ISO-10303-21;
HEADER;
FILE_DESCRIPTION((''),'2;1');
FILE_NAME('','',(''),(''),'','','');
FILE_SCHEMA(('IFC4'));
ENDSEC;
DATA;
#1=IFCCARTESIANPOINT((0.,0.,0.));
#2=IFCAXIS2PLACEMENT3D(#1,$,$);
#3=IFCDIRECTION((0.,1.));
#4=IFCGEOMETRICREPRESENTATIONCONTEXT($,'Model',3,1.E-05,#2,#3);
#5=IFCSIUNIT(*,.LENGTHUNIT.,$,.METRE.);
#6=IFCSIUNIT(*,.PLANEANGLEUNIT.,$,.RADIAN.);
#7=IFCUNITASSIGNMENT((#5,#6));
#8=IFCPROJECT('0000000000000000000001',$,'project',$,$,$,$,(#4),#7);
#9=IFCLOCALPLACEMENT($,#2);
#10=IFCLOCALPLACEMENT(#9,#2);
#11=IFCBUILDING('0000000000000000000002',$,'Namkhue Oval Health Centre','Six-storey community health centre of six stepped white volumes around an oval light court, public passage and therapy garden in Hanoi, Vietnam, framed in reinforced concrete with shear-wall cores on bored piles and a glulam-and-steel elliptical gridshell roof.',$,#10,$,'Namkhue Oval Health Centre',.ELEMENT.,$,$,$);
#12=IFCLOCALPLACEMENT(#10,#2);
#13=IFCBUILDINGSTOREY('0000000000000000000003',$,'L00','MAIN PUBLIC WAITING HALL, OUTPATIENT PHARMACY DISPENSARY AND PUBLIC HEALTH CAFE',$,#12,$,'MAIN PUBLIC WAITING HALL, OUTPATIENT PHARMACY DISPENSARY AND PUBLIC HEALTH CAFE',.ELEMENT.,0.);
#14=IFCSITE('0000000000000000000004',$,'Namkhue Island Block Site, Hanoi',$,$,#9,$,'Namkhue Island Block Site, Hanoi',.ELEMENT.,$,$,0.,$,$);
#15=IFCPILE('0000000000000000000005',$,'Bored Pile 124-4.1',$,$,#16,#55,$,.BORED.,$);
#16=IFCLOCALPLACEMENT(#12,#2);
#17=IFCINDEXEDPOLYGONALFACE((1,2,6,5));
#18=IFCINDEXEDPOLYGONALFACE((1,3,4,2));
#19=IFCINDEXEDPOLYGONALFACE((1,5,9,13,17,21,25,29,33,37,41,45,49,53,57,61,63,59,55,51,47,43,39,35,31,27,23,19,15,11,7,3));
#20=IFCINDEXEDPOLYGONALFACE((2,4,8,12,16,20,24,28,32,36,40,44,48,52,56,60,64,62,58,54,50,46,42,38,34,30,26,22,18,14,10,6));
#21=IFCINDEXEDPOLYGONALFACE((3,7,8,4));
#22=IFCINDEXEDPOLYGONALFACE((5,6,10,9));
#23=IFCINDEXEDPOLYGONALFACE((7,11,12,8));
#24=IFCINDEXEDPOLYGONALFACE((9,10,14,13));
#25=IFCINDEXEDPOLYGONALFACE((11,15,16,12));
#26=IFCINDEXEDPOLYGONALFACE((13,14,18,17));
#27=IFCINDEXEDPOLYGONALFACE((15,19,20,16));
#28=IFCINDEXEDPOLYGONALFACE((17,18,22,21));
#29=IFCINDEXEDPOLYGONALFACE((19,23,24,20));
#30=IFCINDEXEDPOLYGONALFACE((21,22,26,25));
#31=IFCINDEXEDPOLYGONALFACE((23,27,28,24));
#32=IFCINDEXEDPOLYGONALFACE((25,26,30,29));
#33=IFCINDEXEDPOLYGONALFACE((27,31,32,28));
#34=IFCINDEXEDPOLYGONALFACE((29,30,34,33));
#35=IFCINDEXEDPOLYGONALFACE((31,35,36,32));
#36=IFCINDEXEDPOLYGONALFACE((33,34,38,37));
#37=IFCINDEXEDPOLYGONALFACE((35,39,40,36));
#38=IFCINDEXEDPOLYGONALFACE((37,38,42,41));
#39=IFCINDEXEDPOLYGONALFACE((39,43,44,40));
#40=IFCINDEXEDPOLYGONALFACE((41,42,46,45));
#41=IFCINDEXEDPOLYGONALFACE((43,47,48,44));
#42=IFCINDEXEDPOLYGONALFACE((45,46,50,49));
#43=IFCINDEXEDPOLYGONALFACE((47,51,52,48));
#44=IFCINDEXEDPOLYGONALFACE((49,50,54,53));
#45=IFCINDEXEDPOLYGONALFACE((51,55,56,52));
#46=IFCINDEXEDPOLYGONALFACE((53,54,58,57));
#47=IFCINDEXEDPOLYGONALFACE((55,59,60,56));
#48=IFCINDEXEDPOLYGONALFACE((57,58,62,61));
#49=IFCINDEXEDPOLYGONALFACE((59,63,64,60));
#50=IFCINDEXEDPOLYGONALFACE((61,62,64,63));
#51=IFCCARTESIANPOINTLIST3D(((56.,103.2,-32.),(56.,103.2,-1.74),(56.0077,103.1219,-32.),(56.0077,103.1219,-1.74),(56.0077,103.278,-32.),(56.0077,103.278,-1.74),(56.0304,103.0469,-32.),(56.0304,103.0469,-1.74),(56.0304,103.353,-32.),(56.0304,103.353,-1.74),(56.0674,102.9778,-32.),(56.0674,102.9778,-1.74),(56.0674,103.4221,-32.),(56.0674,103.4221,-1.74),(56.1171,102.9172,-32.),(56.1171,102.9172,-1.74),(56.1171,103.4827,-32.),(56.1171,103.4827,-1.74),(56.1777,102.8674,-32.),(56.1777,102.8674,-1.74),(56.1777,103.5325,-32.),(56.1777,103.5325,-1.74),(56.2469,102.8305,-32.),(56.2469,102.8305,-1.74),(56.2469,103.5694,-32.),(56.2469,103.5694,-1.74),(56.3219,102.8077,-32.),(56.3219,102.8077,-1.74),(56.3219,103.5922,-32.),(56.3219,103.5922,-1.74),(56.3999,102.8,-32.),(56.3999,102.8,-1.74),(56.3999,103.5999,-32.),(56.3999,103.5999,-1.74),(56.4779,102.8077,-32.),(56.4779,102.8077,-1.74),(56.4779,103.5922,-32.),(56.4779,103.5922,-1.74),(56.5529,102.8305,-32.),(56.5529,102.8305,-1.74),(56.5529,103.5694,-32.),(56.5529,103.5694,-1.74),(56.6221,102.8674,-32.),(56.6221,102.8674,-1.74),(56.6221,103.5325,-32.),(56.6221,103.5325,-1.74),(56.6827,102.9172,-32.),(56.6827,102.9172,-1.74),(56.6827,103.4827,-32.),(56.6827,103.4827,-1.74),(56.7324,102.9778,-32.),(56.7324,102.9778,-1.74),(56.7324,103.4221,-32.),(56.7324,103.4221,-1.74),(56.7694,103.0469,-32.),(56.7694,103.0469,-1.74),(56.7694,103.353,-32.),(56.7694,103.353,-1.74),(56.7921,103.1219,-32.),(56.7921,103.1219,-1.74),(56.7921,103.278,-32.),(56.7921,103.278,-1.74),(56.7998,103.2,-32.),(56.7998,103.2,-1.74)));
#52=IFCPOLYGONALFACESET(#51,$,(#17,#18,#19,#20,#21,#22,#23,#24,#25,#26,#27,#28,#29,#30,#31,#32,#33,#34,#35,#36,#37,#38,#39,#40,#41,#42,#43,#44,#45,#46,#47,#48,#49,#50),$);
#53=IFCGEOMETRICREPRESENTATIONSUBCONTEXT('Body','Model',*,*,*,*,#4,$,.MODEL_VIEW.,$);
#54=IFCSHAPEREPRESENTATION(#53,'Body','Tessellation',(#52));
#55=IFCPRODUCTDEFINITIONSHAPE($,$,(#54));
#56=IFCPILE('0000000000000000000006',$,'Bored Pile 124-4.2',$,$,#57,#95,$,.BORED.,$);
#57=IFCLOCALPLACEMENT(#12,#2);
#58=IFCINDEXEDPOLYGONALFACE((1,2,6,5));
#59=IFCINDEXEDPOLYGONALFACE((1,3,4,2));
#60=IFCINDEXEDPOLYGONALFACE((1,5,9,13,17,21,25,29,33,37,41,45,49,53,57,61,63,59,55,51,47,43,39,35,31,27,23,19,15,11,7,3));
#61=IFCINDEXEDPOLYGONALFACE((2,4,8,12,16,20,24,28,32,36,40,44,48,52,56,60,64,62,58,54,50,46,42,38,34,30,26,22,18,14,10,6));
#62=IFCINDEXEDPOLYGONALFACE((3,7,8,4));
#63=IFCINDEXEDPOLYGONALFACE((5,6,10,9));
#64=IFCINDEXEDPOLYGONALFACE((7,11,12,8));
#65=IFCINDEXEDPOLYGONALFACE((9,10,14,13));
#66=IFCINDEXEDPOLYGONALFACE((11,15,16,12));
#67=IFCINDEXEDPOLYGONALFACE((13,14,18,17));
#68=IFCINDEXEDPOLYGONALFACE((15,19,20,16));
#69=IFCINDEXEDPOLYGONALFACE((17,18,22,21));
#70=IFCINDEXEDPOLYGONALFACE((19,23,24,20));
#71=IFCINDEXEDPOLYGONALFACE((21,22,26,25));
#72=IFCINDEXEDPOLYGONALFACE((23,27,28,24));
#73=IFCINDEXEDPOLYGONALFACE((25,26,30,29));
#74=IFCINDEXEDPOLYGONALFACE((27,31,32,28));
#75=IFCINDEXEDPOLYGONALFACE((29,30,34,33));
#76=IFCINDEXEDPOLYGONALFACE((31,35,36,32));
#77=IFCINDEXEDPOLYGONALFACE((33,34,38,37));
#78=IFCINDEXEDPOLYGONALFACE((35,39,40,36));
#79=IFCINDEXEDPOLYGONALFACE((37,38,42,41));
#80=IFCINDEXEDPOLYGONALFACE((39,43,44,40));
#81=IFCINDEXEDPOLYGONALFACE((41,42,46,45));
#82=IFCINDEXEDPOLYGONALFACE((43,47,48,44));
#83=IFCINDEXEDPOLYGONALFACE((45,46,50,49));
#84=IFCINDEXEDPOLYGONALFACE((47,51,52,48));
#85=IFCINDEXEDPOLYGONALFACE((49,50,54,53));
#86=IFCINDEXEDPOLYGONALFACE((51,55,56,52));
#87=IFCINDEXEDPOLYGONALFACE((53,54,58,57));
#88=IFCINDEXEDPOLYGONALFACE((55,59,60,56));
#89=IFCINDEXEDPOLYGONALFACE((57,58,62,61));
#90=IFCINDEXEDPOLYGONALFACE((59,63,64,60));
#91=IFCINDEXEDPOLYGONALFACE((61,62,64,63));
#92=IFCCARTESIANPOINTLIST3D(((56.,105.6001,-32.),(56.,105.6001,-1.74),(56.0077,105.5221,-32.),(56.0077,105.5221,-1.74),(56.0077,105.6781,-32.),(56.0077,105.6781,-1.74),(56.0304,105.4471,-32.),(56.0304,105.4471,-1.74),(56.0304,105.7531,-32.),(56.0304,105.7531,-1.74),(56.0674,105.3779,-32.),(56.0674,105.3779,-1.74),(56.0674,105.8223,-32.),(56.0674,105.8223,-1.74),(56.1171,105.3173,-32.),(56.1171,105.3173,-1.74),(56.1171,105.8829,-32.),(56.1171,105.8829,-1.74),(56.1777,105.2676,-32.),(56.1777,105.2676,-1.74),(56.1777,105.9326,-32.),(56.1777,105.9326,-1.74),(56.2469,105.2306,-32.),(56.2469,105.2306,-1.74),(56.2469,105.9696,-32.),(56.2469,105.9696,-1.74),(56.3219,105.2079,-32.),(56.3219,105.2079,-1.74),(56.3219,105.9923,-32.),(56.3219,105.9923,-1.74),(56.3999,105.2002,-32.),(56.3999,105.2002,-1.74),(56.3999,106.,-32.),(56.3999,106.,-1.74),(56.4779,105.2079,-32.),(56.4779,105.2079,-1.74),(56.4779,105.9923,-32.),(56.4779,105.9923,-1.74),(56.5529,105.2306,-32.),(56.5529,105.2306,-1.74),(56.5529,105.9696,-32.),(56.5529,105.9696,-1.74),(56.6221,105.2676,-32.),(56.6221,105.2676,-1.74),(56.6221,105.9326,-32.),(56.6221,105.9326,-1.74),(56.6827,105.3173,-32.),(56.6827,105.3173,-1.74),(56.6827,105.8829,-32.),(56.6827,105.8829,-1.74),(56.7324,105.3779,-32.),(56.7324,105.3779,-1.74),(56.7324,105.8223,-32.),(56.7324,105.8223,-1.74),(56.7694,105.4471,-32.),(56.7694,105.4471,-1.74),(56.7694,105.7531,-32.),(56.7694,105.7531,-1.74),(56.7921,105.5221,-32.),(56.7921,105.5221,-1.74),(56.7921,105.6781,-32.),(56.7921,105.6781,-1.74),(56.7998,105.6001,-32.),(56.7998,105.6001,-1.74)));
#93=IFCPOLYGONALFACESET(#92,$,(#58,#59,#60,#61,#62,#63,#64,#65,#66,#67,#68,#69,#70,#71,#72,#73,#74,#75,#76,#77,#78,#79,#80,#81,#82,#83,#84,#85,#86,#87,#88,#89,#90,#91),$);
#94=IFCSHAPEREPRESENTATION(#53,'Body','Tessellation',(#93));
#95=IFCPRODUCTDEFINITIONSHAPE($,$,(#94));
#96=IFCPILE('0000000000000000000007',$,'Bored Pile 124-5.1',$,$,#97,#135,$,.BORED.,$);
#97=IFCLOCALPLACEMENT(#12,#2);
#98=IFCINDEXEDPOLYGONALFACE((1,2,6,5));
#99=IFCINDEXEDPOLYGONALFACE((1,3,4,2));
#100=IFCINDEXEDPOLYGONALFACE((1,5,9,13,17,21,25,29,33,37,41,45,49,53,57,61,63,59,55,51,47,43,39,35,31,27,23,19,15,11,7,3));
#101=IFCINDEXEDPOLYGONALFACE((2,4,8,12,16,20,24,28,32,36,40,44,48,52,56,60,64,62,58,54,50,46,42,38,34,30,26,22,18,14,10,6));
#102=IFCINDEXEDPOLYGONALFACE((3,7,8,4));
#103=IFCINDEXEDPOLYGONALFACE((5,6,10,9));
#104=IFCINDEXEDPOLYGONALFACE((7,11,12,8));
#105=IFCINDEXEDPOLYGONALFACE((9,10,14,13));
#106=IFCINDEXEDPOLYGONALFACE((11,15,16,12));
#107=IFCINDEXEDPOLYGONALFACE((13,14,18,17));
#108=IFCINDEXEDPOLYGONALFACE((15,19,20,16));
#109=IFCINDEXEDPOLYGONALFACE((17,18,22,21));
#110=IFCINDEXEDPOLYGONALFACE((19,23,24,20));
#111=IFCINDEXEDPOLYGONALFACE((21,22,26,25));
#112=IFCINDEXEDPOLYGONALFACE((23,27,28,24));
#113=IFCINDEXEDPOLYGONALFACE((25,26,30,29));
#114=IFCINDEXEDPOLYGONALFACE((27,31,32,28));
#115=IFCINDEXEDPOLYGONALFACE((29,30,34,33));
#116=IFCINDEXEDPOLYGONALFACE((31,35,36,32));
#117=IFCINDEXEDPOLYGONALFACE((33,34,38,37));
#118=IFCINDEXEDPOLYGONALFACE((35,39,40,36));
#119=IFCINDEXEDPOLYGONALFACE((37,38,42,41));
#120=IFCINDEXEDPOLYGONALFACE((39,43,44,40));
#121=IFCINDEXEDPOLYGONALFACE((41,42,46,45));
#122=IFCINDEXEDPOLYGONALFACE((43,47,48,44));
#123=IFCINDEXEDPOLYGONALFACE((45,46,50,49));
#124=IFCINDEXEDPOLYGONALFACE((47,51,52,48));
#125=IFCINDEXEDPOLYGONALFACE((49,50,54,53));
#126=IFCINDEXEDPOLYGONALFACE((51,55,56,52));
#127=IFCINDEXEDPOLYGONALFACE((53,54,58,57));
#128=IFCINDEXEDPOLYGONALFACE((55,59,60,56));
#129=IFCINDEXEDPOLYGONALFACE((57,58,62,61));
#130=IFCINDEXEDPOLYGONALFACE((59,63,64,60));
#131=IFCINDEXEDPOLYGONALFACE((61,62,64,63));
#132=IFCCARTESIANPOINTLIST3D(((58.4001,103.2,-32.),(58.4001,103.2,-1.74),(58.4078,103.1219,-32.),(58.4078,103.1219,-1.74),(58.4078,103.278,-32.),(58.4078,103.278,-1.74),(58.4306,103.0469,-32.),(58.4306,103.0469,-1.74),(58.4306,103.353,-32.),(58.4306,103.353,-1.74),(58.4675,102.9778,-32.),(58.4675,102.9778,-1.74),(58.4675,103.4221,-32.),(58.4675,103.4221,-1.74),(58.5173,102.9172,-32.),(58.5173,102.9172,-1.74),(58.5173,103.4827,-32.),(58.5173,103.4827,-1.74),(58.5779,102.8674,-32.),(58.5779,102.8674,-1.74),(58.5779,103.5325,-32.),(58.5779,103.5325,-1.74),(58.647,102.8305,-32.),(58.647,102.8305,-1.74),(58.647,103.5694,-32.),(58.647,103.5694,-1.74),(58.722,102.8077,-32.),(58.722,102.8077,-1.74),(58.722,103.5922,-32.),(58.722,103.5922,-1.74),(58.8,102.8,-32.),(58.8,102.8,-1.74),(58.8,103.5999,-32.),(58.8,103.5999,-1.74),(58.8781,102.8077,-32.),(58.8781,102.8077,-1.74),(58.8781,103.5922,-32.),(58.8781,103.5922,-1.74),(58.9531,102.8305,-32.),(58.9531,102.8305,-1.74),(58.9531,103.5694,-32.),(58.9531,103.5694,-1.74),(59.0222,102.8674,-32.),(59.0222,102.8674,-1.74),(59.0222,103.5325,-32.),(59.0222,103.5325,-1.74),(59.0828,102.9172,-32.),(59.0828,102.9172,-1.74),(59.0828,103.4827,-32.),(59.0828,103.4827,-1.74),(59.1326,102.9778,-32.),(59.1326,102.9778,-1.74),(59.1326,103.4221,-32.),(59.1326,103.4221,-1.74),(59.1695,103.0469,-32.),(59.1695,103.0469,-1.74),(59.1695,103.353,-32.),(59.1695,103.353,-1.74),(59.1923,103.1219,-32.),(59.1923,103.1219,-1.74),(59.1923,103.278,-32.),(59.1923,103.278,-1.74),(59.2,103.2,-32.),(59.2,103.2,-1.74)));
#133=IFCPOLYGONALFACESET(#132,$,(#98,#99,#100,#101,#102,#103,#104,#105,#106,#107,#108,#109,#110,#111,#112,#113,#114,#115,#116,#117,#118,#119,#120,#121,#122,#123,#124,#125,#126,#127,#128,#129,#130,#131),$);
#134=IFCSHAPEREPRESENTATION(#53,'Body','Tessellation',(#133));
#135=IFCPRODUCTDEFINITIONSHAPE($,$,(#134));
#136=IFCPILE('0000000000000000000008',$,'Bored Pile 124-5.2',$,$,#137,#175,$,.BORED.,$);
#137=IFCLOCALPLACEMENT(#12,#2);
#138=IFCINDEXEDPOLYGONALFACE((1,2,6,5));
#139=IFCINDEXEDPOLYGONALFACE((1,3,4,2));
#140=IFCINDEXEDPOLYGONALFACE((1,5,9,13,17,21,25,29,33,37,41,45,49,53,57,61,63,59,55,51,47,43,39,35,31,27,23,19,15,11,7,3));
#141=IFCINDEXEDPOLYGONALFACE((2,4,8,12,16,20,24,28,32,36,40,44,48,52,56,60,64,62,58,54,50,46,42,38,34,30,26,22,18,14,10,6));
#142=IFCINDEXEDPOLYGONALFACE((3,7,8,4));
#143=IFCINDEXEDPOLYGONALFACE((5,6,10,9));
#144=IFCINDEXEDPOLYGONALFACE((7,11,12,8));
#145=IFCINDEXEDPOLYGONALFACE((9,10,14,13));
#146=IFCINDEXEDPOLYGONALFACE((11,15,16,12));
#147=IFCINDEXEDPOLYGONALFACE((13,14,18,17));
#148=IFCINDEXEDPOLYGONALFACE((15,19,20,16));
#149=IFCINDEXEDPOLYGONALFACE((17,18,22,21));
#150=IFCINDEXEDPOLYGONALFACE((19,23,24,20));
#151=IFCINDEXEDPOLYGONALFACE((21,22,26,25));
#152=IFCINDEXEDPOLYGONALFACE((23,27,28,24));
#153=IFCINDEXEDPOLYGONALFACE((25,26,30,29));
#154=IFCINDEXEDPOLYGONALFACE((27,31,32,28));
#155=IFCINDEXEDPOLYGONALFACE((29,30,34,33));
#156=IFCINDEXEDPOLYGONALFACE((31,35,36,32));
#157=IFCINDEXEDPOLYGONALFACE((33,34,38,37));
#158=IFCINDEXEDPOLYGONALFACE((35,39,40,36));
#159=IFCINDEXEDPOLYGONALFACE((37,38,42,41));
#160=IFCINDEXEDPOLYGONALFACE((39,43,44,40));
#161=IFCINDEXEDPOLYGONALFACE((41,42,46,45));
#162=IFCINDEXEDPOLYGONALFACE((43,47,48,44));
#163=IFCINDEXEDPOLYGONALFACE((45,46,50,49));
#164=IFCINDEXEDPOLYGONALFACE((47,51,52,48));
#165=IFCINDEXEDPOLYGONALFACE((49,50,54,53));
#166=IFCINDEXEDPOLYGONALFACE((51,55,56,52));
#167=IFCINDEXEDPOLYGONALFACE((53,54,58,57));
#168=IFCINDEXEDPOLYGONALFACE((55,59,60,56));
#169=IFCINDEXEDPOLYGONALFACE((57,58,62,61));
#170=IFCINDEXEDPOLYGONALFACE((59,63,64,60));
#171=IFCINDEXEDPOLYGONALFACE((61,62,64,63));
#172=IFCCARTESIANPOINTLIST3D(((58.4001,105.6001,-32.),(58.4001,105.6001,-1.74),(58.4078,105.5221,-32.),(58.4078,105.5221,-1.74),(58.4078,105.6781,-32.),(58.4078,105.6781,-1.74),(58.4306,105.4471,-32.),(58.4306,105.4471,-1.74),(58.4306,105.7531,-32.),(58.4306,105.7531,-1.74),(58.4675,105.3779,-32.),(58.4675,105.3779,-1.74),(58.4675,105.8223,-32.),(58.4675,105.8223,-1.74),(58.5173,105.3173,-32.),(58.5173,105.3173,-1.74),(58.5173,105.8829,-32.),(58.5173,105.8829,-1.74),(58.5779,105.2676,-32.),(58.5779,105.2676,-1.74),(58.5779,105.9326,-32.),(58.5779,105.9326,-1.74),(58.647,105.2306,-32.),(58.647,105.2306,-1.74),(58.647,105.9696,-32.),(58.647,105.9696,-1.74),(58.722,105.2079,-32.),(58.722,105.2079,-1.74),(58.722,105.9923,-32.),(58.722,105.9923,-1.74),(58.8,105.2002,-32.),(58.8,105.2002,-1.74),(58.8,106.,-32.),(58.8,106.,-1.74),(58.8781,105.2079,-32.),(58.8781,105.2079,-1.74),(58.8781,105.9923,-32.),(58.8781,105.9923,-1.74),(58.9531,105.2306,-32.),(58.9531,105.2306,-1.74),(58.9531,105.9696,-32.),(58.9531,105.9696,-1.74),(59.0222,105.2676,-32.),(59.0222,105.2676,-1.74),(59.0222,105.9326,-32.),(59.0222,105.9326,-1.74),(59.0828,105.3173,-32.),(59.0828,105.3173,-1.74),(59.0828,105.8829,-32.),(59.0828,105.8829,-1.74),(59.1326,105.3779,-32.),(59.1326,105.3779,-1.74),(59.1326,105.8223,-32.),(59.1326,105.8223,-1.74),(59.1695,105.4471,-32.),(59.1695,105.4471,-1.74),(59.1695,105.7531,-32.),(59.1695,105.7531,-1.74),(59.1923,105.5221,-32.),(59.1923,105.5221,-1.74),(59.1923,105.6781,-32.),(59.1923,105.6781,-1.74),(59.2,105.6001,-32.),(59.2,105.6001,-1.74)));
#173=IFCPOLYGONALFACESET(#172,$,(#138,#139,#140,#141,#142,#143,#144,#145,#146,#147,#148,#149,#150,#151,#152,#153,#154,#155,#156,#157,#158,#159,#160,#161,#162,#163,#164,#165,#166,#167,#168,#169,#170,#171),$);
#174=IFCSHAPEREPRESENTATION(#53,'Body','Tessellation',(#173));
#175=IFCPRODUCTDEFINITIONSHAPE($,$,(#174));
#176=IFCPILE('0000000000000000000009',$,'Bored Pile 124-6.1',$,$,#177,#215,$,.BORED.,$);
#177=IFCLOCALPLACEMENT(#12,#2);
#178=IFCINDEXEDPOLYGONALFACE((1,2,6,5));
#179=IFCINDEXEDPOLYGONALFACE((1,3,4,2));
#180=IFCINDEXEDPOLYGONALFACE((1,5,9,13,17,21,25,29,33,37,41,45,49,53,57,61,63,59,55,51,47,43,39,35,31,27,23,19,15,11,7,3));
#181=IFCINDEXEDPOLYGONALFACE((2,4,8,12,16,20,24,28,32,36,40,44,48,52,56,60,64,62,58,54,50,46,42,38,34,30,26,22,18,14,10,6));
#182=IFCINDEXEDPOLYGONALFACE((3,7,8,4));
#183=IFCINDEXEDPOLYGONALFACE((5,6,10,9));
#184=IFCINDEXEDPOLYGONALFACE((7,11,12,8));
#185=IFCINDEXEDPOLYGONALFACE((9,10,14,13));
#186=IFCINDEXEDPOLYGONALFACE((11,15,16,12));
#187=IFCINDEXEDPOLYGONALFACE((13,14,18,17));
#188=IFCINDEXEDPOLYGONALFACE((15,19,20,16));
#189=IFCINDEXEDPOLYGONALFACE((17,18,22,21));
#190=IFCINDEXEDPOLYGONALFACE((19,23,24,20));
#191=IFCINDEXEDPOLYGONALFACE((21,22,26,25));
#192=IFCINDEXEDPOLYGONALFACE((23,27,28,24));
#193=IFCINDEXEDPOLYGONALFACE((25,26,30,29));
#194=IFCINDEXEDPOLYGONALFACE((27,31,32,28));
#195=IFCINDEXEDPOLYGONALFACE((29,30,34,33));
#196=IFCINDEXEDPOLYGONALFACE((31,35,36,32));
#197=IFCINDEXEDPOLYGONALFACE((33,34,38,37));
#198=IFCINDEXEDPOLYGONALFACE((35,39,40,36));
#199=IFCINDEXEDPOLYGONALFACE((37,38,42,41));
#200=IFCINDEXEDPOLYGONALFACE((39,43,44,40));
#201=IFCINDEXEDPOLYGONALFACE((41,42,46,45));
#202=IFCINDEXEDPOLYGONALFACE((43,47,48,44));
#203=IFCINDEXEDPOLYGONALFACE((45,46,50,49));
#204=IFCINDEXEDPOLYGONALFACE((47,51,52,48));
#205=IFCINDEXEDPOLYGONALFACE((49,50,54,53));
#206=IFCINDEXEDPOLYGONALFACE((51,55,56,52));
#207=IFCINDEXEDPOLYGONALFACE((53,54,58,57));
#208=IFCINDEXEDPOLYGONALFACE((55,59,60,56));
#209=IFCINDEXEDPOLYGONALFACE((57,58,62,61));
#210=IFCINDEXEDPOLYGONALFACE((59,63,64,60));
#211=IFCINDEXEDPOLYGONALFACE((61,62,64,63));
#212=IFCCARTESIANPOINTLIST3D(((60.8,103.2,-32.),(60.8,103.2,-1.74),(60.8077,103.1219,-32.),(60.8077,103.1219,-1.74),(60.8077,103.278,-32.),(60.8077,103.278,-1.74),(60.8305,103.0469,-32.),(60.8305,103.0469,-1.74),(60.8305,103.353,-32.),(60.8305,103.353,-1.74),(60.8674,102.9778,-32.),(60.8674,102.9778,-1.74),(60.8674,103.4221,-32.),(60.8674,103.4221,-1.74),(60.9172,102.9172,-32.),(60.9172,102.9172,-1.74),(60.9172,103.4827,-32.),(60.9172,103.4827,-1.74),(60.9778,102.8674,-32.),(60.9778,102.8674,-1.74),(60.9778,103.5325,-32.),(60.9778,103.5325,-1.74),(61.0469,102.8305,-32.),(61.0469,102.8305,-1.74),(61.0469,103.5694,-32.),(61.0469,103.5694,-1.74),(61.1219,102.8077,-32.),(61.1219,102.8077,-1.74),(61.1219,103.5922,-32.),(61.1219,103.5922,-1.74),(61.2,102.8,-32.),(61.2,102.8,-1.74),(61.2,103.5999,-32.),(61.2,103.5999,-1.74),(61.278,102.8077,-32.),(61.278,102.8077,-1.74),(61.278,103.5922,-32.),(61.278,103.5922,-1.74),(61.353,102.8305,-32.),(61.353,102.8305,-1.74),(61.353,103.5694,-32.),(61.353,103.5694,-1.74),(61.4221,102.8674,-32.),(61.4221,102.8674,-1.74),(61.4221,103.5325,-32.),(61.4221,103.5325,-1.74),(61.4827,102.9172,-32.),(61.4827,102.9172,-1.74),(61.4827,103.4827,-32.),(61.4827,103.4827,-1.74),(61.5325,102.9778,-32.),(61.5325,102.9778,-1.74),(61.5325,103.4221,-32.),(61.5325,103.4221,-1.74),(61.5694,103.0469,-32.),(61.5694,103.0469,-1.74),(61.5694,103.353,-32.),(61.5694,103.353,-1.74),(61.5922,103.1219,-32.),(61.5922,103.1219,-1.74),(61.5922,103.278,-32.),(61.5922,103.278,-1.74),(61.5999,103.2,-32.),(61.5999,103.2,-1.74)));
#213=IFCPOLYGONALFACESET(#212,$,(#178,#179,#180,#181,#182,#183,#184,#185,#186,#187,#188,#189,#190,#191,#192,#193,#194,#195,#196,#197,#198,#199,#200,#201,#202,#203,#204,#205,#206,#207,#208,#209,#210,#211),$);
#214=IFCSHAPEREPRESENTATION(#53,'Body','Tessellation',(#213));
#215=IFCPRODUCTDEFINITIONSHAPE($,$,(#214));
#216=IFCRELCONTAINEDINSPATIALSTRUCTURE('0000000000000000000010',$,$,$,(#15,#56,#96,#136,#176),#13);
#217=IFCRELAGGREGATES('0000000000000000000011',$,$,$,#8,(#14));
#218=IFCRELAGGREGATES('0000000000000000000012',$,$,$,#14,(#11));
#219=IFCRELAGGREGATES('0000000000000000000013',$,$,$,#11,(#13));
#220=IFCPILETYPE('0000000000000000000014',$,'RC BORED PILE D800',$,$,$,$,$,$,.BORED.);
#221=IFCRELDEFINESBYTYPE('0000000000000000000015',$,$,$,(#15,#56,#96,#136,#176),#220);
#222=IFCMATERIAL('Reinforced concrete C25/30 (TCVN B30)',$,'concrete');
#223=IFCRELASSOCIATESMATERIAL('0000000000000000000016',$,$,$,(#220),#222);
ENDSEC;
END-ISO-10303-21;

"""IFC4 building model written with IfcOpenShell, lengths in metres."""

from ifc_helpers import new_model, si_unit, direction, frame, origin, origin_2d, place, context, subcontext, project, spatial, circle, extrude, material, material_profile, profile_set, type_object, element, save


model = new_model("IFC4")

# Units and contexts
model_context = context("Model", 3, precision=1e-05, world=origin(), true_north=direction((0.0, 1.0)))
body_context = subcontext(model_context, "Body", "Model", "MODEL_VIEW")
ifc_project = project(units=[si_unit("LENGTHUNIT", "METRE"), si_unit("PLANEANGLEUNIT", "RADIAN")], contexts=[model_context])

# Site, building, storey
site_placement = place(None, origin())
site = spatial("IfcSite", under=ifc_project, at=site_placement, Name="Namkhue Island Block Site, Hanoi", LongName="Namkhue Island Block Site, Hanoi", CompositionType="ELEMENT", RefElevation=0.0)
building_placement = place(site_placement, origin())
building = spatial("IfcBuilding", under=site, at=building_placement, Name="Namkhue Oval Health Centre", Description="Six-storey community health centre of six stepped white volumes around an oval light court, public passage and therapy garden in Hanoi, Vietnam, framed in reinforced concrete with shear-wall cores on bored piles and a glulam-and-steel elliptical gridshell roof.", LongName="Namkhue Oval Health Centre", CompositionType="ELEMENT")
storey_placement = place(building_placement, origin())
storey = spatial("IfcBuildingStorey", under=building, at=storey_placement, Name="L00", Description="MAIN PUBLIC WAITING HALL, OUTPATIENT PHARMACY DISPENSARY AND PUBLIC HEALTH CAFE", LongName="MAIN PUBLIC WAITING HALL, OUTPATIENT PHARMACY DISPENSARY AND PUBLIC HEALTH CAFE", CompositionType="ELEMENT", Elevation=0.0)

# Piles
ifc_material_1 = material(Name="Reinforced concrete C25/30 (TCVN B30)", Category="concrete")
ifc_material_profile_1 = material_profile(ifc_material_1, circle(Radius=0.3999, at=origin_2d()), Name="BORED PILE D800")
ifc_profile_set_1 = profile_set([ifc_material_profile_1], Name="Reinforced concrete C25/30 (TCVN B30)")
pile_type = type_object("IfcPileType", Name="RC BORED PILE D800", PredefinedType="BORED", material=ifc_profile_set_1)
for number, where, z_axis, x_axis, name in (
    (1, (56.3999, 103.2, -1.74), (0.0, 0.0, -1.0), (1.0, 0.0, 0.0), "Bored Pile 124-4.1"),
    (2, (56.3999, 105.6001, -1.74), (0.0, 0.0, -1.0), (1.0, 0.0, 0.0), "Bored Pile 124-4.2"),
    (3, (58.8, 103.2, -1.74), (0.0, 0.0, -1.0), (1.0, 0.0, 0.0), "Bored Pile 124-5.1"),
    (4, (58.8, 105.6001, -1.74), (0.0, 0.0, -1.0), (1.0, 0.0, 0.0), "Bored Pile 124-5.2"),
    (5, (61.2, 103.2, -1.74), (0.0, 0.0, -1.0), (1.0, 0.0, 0.0), "Bored Pile 124-6.1"),
):
    element("IfcPile", number, at=place(storey_placement, frame(where, z_axis=z_axis, x_axis=x_axis)), inside=storey, type_object=pile_type, Name=name, PredefinedType="BORED", context=body_context, shape_type="SweptSolid", body=[
        extrude(circle(Radius=0.3999, at=origin_2d()), origin(), (0.0, 0.0, 1.0), 30.26),
    ])

save(model, "model.ifc")
